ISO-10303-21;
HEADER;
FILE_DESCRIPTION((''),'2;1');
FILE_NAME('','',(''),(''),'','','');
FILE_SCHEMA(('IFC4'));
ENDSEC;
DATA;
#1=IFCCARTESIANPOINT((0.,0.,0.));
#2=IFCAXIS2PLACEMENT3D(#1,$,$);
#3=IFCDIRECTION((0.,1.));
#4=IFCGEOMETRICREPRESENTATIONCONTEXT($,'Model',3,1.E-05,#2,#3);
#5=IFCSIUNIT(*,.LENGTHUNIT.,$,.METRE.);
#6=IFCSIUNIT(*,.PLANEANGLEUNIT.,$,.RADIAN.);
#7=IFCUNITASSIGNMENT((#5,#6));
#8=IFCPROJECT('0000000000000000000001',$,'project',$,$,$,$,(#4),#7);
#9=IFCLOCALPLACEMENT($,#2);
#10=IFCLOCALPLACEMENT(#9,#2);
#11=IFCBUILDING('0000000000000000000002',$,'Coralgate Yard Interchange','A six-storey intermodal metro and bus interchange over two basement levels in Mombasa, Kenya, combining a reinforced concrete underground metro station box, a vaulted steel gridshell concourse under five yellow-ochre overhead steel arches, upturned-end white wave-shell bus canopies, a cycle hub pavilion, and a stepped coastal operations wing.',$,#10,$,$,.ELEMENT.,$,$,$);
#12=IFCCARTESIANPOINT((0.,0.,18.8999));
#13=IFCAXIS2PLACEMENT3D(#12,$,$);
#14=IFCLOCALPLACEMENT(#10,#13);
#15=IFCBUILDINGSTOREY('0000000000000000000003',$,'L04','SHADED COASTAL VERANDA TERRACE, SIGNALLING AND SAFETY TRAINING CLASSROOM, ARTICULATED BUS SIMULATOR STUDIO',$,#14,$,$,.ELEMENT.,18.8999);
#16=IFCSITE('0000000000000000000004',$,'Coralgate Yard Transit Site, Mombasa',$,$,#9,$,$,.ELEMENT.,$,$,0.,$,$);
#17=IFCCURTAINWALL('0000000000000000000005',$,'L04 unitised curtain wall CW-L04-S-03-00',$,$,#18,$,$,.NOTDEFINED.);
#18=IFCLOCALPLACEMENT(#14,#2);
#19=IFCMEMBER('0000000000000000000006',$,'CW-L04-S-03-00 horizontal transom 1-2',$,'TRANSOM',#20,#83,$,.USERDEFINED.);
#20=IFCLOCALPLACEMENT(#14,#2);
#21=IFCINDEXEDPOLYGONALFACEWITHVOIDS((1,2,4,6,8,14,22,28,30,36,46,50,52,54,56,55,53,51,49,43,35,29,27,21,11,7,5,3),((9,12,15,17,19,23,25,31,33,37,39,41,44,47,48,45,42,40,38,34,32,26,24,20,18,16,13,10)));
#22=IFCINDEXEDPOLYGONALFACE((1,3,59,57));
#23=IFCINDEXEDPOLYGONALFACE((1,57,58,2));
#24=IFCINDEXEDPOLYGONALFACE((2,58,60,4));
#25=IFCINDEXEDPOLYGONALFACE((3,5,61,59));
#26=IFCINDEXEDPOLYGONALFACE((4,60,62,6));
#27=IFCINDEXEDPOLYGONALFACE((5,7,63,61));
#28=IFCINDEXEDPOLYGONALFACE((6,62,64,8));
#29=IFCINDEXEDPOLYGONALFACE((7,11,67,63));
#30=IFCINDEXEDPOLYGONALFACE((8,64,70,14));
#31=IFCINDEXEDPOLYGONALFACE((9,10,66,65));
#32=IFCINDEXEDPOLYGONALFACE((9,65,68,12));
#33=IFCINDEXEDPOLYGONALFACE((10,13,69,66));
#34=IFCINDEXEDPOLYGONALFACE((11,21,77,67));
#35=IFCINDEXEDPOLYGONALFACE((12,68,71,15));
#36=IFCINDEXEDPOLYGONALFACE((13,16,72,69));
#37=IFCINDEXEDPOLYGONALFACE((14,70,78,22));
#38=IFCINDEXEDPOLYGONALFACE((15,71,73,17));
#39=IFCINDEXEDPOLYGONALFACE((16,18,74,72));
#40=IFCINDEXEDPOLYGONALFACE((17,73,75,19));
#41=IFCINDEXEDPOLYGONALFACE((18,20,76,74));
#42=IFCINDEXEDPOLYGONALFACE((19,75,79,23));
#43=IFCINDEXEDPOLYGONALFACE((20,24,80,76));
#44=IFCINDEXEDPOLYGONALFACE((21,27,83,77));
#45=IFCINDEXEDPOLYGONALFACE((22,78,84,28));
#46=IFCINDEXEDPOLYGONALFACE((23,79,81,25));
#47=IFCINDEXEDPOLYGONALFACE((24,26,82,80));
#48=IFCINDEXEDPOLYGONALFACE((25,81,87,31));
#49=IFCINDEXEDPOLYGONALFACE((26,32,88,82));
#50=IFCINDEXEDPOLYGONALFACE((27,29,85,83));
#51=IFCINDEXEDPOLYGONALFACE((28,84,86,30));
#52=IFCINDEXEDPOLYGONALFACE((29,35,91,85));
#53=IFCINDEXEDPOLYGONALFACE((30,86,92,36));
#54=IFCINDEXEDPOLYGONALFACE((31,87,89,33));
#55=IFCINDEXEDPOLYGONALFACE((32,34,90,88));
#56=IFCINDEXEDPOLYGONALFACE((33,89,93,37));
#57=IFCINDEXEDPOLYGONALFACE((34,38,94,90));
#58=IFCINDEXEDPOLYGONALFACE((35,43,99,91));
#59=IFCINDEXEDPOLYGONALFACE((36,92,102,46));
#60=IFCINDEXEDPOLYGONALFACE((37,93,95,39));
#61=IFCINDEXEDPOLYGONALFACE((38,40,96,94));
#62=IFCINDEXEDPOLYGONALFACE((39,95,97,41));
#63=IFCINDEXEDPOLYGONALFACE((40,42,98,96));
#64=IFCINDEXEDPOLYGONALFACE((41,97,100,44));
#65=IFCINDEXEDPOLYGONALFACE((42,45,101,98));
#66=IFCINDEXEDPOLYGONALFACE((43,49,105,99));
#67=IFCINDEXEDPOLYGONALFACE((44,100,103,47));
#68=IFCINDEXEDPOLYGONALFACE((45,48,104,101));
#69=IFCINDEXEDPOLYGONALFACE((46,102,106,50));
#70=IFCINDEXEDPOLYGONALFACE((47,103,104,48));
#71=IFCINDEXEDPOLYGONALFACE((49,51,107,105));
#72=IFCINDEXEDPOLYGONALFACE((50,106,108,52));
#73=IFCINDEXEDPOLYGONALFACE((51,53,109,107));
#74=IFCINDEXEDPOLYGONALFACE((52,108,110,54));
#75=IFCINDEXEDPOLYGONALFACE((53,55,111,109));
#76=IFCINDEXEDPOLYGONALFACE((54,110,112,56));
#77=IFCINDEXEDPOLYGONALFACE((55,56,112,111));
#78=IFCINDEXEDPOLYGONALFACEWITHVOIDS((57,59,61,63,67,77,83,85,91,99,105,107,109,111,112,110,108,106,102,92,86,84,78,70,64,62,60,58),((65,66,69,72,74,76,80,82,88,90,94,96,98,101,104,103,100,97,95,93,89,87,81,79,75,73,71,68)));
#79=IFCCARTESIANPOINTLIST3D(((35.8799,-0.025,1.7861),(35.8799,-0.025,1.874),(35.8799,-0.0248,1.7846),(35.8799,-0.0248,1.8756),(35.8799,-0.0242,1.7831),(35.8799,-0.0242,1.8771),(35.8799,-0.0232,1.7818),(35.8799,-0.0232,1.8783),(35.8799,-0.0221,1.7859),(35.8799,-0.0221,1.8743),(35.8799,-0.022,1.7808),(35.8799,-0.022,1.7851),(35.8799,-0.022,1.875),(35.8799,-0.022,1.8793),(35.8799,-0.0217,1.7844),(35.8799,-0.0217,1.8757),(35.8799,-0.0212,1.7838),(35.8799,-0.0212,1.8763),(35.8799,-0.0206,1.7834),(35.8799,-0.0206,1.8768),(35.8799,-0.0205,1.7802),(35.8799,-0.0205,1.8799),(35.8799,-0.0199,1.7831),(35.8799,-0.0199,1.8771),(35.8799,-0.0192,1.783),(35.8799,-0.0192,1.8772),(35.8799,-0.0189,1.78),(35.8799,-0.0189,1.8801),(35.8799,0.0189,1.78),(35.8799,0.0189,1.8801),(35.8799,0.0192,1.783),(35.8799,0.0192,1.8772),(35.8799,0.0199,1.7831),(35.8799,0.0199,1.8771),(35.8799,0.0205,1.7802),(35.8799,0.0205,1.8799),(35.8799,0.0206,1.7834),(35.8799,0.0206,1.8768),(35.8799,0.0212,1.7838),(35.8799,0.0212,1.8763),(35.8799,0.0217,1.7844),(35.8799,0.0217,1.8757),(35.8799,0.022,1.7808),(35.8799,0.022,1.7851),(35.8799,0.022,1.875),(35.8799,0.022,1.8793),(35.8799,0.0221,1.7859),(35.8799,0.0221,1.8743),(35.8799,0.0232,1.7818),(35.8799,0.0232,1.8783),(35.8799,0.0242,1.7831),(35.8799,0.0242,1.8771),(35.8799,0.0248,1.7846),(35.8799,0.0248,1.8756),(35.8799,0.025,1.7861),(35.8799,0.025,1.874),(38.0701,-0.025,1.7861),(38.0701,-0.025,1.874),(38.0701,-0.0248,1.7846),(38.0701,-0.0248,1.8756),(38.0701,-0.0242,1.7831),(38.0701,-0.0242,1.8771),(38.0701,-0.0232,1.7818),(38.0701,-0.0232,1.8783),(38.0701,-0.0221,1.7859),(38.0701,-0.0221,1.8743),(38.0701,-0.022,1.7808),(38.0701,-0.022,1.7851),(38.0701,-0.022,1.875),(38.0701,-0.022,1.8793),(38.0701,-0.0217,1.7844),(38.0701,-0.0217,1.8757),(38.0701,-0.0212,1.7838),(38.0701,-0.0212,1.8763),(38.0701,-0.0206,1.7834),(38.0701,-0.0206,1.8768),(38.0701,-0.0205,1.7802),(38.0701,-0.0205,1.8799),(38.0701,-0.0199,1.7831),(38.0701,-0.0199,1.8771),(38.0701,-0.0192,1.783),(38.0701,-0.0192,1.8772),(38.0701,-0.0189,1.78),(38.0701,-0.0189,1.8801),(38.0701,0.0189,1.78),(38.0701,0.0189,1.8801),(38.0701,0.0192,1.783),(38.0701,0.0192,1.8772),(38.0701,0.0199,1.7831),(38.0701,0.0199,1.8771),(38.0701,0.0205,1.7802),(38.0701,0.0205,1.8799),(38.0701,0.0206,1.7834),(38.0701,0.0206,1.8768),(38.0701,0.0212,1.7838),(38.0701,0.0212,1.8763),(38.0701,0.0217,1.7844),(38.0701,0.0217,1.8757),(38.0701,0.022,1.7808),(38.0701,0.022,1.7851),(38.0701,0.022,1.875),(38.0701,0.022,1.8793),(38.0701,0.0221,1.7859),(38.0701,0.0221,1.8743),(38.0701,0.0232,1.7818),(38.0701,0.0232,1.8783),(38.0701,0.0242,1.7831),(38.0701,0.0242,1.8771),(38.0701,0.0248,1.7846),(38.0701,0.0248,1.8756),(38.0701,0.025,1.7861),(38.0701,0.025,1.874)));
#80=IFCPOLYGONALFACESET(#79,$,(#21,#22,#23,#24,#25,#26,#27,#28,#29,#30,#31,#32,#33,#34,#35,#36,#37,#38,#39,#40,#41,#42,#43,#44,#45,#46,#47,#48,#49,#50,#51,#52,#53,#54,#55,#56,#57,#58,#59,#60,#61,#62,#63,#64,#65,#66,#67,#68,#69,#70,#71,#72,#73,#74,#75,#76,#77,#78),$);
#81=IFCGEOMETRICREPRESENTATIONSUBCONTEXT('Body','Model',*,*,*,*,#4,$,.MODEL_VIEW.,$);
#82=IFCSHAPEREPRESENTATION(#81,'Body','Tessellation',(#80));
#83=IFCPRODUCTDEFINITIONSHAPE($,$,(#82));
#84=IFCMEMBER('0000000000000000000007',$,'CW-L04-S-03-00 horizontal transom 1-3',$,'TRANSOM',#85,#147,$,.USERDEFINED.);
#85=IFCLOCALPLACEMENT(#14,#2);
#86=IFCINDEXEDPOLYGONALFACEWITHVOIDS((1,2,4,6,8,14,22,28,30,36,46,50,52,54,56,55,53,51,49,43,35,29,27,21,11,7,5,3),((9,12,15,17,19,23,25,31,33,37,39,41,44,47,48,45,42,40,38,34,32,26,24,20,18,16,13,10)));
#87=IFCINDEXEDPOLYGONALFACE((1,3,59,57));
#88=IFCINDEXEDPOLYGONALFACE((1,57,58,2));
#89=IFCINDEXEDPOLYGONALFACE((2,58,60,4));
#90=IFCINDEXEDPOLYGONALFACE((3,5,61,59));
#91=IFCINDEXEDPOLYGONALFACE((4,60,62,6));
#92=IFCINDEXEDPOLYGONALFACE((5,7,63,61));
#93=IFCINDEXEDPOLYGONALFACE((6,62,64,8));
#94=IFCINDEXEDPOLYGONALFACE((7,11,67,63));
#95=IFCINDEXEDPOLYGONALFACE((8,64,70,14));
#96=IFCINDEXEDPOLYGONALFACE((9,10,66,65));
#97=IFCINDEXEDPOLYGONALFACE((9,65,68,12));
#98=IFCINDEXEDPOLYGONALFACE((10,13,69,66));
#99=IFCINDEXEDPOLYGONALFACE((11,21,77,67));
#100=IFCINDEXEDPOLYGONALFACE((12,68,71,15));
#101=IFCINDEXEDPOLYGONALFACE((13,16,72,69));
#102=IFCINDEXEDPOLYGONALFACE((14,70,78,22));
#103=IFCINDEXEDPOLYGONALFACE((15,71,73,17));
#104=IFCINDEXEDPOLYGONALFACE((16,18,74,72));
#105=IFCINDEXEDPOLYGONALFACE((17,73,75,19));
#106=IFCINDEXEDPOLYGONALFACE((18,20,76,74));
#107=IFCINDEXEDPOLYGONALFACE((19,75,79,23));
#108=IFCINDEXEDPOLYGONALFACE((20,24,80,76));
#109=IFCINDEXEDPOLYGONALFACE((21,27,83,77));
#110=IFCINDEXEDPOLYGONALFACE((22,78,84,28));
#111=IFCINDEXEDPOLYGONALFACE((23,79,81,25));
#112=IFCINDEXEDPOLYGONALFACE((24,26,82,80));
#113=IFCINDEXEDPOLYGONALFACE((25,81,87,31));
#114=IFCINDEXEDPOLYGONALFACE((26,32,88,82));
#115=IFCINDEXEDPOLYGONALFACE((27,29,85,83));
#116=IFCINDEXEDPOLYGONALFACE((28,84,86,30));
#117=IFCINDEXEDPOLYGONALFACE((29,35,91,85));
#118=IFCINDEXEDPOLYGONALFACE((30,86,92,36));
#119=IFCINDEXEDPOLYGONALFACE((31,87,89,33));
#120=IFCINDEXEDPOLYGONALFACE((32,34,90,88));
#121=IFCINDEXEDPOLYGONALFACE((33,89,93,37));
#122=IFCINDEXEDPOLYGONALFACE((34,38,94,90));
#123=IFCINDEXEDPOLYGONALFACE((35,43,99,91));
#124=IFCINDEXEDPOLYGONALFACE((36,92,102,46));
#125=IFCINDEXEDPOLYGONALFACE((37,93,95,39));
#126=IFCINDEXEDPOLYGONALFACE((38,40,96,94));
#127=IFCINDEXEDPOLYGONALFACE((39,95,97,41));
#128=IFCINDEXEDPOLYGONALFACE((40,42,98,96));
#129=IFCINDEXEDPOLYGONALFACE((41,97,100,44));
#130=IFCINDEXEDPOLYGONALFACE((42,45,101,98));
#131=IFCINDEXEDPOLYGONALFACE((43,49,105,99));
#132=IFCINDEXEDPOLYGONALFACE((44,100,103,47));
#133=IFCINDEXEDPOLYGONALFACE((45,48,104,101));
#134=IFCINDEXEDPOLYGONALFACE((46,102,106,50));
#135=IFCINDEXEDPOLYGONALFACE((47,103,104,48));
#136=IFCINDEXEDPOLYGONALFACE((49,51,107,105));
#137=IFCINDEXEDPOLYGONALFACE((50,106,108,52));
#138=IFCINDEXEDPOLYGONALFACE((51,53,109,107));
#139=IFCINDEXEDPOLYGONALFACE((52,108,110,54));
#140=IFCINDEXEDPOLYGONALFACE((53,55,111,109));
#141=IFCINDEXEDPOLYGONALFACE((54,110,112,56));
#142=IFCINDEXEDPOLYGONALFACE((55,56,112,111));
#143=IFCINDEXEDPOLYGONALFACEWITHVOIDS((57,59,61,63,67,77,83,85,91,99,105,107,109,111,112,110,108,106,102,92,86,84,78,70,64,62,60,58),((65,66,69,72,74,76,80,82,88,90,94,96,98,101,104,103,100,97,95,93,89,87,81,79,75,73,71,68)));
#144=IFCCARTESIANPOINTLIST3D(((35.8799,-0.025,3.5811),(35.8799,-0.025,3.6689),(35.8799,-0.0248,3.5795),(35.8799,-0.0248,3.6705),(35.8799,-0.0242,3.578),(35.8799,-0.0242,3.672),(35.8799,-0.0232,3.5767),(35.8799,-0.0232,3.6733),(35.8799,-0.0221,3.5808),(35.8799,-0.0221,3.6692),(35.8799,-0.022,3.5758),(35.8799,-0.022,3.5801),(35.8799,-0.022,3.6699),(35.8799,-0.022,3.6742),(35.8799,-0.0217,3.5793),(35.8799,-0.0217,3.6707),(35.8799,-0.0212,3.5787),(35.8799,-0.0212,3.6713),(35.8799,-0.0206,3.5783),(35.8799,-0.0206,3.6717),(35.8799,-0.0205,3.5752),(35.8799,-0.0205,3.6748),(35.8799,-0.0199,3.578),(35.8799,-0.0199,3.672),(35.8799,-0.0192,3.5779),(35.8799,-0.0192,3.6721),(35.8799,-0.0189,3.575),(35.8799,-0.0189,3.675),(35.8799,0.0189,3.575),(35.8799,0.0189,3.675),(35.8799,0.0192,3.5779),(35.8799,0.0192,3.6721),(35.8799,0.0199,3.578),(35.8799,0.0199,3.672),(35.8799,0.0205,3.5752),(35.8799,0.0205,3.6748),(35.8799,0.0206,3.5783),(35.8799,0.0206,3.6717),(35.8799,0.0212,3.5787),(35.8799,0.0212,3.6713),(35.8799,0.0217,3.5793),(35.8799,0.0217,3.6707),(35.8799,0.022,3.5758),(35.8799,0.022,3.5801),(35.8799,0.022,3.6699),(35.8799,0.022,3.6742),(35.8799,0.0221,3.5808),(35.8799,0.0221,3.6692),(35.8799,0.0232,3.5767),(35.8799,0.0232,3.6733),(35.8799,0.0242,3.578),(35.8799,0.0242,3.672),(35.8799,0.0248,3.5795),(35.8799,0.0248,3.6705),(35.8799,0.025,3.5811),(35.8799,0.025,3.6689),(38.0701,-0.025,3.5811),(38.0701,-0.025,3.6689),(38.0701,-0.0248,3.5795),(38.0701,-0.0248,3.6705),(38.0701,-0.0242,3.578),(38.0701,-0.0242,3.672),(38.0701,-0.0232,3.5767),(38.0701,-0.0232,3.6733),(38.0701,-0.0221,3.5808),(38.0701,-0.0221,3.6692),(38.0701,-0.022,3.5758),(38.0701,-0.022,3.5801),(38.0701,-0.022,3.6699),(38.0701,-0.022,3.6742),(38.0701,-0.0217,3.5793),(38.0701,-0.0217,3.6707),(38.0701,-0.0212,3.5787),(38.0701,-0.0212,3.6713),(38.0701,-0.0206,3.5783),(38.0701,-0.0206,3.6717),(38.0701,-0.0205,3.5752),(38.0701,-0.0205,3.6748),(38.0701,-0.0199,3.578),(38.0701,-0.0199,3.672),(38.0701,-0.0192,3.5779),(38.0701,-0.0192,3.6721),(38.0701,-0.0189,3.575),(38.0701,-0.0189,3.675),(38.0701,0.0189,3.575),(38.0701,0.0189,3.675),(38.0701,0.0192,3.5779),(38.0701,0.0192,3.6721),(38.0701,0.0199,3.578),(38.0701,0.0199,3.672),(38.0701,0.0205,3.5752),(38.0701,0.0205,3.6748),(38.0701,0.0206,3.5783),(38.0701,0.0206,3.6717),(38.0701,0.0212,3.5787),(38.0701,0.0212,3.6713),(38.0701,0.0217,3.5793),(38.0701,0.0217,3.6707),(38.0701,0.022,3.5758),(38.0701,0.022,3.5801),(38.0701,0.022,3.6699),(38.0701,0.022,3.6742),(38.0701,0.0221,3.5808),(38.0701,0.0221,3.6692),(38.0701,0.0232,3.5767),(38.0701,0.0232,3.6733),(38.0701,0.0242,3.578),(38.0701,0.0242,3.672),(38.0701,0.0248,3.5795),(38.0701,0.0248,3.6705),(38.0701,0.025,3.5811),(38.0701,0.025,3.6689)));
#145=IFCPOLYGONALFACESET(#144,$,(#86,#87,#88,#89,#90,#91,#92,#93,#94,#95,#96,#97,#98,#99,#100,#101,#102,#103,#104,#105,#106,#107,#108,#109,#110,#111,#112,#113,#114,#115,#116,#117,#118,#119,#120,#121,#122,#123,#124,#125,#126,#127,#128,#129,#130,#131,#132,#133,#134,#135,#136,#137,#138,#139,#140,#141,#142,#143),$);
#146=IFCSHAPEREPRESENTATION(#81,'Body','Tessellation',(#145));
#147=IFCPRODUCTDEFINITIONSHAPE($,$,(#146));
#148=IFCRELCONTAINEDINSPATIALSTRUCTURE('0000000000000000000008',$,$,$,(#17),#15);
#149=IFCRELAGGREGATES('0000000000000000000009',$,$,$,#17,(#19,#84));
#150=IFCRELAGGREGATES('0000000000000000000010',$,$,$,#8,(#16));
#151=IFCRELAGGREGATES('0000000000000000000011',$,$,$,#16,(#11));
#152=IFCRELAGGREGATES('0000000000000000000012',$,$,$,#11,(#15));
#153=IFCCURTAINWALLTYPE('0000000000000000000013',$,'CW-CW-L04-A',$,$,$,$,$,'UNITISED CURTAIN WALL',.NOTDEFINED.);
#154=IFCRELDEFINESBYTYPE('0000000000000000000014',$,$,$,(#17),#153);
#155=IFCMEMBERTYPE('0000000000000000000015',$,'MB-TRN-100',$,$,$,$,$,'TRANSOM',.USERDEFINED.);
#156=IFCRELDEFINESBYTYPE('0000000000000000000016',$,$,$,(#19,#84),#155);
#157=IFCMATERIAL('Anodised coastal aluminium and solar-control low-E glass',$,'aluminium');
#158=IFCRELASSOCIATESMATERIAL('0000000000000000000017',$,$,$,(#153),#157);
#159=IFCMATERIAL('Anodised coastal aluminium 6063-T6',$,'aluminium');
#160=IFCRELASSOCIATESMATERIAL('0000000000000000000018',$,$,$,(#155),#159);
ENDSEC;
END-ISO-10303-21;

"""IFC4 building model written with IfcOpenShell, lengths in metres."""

from ifc_helpers import new_model, si_unit, direction, frame, origin, origin_2d, place, context, subcontext, project, spatial, hollow_rectangle, extrude, material, material_profile, profile_set, type_object, element, aggregate, save


model = new_model("IFC4")

# Units and contexts
model_context = context("Model", 3, precision=1e-05, world=origin(), true_north=direction((0.0, 1.0)))
body_context = subcontext(model_context, "Body", "Model", "MODEL_VIEW")
ifc_project = project(units=[si_unit("LENGTHUNIT", "METRE"), si_unit("PLANEANGLEUNIT", "RADIAN")], contexts=[model_context])

# Site, building, storey
site_placement = place(None, origin())
site = spatial("IfcSite", under=ifc_project, at=site_placement, Name="Coralgate Yard Transit Site, Mombasa", CompositionType="ELEMENT", RefElevation=0.0)
building_placement = place(site_placement, origin())
building = spatial("IfcBuilding", under=site, at=building_placement, Name="Coralgate Yard Interchange", Description="A six-storey intermodal metro and bus interchange over two basement levels in Mombasa, Kenya, combining a reinforced concrete underground metro station box, a vaulted steel gridshell concourse under five yellow-ochre overhead steel arches, upturned-end white wave-shell bus canopies, a cycle hub pavilion, and a stepped coastal operations wing.", CompositionType="ELEMENT")
storey_placement = place(building_placement, frame((0.0, 0.0, 18.8999)))
storey = spatial("IfcBuildingStorey", under=building, at=storey_placement, Name="L04", Description="SHADED COASTAL VERANDA TERRACE, SIGNALLING AND SAFETY TRAINING CLASSROOM, ARTICULATED BUS SIMULATOR STUDIO", CompositionType="ELEMENT", Elevation=18.8999)

# Curtain wall, members
ifc_material_1 = material(Name="Anodised coastal aluminium and solar-control low-E glass", Category="aluminium")
curtain_wall_type = type_object("IfcCurtainWallType", Name="CW-CW-L04-A", ElementType="UNITISED CURTAIN WALL", PredefinedType="NOTDEFINED", material=ifc_material_1)
curtain_wall_placement = place(storey_placement, origin())
curtain_wall = element("IfcCurtainWall", 1, at=curtain_wall_placement, inside=storey, type_object=curtain_wall_type, Name="L04 unitised curtain wall CW-L04-S-03-00", PredefinedType="NOTDEFINED")
ifc_material_2 = material(Name="Anodised coastal aluminium 6063-T6", Category="aluminium")
ifc_material_profile_1 = material_profile(ifc_material_2, hollow_rectangle(XDim=0.05, YDim=0.1001, WallThickness=0.0029, InnerFilletRadius=0.0029, OuterFilletRadius=0.0061, at=origin_2d()), Name="ALU 50x100x3")
ifc_profile_set_1 = profile_set([ifc_material_profile_1], Name="Anodised coastal aluminium 6063-T6")
member_type_1 = type_object("IfcMemberType", Name="MB-TRN-100", ElementType="TRANSOM", PredefinedType="USERDEFINED", material=ifc_profile_set_1)
member_1_placement = place(storey_placement, frame((38.0701, 0.0, 1.8301), z_axis=(-1.0, 0.0, 0.0), x_axis=(0.0, -1.0, 0.0)))
member_1 = element("IfcMember", 2, at=member_1_placement, type_object=member_type_1, Name="CW-L04-S-03-00 horizontal transom 1-2", ObjectType="TRANSOM", PredefinedType="USERDEFINED", context=body_context, shape_type="SweptSolid", body=[
    extrude(hollow_rectangle(XDim=0.05, YDim=0.1001, WallThickness=0.0029, InnerFilletRadius=0.0029, OuterFilletRadius=0.0061, at=origin_2d()), origin(), (0.0, 0.0, 1.0), 2.1902),
])
member_2_placement = place(storey_placement, frame((38.0701, 0.0, 3.625), z_axis=(-1.0, 0.0, 0.0), x_axis=(0.0, -1.0, 0.0)))
member_2 = element("IfcMember", 3, at=member_2_placement, type_object=member_type_1, Name="CW-L04-S-03-00 horizontal transom 1-3", ObjectType="TRANSOM", PredefinedType="USERDEFINED", context=body_context, shape_type="SweptSolid", body=[
    extrude(hollow_rectangle(XDim=0.05, YDim=0.1001, WallThickness=0.0029, InnerFilletRadius=0.0029, OuterFilletRadius=0.0061, at=origin_2d()), origin(), (0.0, 0.0, 1.0), 2.1902),
])
aggregate(curtain_wall, [member_1, member_2])

save(model, "model.ifc")
